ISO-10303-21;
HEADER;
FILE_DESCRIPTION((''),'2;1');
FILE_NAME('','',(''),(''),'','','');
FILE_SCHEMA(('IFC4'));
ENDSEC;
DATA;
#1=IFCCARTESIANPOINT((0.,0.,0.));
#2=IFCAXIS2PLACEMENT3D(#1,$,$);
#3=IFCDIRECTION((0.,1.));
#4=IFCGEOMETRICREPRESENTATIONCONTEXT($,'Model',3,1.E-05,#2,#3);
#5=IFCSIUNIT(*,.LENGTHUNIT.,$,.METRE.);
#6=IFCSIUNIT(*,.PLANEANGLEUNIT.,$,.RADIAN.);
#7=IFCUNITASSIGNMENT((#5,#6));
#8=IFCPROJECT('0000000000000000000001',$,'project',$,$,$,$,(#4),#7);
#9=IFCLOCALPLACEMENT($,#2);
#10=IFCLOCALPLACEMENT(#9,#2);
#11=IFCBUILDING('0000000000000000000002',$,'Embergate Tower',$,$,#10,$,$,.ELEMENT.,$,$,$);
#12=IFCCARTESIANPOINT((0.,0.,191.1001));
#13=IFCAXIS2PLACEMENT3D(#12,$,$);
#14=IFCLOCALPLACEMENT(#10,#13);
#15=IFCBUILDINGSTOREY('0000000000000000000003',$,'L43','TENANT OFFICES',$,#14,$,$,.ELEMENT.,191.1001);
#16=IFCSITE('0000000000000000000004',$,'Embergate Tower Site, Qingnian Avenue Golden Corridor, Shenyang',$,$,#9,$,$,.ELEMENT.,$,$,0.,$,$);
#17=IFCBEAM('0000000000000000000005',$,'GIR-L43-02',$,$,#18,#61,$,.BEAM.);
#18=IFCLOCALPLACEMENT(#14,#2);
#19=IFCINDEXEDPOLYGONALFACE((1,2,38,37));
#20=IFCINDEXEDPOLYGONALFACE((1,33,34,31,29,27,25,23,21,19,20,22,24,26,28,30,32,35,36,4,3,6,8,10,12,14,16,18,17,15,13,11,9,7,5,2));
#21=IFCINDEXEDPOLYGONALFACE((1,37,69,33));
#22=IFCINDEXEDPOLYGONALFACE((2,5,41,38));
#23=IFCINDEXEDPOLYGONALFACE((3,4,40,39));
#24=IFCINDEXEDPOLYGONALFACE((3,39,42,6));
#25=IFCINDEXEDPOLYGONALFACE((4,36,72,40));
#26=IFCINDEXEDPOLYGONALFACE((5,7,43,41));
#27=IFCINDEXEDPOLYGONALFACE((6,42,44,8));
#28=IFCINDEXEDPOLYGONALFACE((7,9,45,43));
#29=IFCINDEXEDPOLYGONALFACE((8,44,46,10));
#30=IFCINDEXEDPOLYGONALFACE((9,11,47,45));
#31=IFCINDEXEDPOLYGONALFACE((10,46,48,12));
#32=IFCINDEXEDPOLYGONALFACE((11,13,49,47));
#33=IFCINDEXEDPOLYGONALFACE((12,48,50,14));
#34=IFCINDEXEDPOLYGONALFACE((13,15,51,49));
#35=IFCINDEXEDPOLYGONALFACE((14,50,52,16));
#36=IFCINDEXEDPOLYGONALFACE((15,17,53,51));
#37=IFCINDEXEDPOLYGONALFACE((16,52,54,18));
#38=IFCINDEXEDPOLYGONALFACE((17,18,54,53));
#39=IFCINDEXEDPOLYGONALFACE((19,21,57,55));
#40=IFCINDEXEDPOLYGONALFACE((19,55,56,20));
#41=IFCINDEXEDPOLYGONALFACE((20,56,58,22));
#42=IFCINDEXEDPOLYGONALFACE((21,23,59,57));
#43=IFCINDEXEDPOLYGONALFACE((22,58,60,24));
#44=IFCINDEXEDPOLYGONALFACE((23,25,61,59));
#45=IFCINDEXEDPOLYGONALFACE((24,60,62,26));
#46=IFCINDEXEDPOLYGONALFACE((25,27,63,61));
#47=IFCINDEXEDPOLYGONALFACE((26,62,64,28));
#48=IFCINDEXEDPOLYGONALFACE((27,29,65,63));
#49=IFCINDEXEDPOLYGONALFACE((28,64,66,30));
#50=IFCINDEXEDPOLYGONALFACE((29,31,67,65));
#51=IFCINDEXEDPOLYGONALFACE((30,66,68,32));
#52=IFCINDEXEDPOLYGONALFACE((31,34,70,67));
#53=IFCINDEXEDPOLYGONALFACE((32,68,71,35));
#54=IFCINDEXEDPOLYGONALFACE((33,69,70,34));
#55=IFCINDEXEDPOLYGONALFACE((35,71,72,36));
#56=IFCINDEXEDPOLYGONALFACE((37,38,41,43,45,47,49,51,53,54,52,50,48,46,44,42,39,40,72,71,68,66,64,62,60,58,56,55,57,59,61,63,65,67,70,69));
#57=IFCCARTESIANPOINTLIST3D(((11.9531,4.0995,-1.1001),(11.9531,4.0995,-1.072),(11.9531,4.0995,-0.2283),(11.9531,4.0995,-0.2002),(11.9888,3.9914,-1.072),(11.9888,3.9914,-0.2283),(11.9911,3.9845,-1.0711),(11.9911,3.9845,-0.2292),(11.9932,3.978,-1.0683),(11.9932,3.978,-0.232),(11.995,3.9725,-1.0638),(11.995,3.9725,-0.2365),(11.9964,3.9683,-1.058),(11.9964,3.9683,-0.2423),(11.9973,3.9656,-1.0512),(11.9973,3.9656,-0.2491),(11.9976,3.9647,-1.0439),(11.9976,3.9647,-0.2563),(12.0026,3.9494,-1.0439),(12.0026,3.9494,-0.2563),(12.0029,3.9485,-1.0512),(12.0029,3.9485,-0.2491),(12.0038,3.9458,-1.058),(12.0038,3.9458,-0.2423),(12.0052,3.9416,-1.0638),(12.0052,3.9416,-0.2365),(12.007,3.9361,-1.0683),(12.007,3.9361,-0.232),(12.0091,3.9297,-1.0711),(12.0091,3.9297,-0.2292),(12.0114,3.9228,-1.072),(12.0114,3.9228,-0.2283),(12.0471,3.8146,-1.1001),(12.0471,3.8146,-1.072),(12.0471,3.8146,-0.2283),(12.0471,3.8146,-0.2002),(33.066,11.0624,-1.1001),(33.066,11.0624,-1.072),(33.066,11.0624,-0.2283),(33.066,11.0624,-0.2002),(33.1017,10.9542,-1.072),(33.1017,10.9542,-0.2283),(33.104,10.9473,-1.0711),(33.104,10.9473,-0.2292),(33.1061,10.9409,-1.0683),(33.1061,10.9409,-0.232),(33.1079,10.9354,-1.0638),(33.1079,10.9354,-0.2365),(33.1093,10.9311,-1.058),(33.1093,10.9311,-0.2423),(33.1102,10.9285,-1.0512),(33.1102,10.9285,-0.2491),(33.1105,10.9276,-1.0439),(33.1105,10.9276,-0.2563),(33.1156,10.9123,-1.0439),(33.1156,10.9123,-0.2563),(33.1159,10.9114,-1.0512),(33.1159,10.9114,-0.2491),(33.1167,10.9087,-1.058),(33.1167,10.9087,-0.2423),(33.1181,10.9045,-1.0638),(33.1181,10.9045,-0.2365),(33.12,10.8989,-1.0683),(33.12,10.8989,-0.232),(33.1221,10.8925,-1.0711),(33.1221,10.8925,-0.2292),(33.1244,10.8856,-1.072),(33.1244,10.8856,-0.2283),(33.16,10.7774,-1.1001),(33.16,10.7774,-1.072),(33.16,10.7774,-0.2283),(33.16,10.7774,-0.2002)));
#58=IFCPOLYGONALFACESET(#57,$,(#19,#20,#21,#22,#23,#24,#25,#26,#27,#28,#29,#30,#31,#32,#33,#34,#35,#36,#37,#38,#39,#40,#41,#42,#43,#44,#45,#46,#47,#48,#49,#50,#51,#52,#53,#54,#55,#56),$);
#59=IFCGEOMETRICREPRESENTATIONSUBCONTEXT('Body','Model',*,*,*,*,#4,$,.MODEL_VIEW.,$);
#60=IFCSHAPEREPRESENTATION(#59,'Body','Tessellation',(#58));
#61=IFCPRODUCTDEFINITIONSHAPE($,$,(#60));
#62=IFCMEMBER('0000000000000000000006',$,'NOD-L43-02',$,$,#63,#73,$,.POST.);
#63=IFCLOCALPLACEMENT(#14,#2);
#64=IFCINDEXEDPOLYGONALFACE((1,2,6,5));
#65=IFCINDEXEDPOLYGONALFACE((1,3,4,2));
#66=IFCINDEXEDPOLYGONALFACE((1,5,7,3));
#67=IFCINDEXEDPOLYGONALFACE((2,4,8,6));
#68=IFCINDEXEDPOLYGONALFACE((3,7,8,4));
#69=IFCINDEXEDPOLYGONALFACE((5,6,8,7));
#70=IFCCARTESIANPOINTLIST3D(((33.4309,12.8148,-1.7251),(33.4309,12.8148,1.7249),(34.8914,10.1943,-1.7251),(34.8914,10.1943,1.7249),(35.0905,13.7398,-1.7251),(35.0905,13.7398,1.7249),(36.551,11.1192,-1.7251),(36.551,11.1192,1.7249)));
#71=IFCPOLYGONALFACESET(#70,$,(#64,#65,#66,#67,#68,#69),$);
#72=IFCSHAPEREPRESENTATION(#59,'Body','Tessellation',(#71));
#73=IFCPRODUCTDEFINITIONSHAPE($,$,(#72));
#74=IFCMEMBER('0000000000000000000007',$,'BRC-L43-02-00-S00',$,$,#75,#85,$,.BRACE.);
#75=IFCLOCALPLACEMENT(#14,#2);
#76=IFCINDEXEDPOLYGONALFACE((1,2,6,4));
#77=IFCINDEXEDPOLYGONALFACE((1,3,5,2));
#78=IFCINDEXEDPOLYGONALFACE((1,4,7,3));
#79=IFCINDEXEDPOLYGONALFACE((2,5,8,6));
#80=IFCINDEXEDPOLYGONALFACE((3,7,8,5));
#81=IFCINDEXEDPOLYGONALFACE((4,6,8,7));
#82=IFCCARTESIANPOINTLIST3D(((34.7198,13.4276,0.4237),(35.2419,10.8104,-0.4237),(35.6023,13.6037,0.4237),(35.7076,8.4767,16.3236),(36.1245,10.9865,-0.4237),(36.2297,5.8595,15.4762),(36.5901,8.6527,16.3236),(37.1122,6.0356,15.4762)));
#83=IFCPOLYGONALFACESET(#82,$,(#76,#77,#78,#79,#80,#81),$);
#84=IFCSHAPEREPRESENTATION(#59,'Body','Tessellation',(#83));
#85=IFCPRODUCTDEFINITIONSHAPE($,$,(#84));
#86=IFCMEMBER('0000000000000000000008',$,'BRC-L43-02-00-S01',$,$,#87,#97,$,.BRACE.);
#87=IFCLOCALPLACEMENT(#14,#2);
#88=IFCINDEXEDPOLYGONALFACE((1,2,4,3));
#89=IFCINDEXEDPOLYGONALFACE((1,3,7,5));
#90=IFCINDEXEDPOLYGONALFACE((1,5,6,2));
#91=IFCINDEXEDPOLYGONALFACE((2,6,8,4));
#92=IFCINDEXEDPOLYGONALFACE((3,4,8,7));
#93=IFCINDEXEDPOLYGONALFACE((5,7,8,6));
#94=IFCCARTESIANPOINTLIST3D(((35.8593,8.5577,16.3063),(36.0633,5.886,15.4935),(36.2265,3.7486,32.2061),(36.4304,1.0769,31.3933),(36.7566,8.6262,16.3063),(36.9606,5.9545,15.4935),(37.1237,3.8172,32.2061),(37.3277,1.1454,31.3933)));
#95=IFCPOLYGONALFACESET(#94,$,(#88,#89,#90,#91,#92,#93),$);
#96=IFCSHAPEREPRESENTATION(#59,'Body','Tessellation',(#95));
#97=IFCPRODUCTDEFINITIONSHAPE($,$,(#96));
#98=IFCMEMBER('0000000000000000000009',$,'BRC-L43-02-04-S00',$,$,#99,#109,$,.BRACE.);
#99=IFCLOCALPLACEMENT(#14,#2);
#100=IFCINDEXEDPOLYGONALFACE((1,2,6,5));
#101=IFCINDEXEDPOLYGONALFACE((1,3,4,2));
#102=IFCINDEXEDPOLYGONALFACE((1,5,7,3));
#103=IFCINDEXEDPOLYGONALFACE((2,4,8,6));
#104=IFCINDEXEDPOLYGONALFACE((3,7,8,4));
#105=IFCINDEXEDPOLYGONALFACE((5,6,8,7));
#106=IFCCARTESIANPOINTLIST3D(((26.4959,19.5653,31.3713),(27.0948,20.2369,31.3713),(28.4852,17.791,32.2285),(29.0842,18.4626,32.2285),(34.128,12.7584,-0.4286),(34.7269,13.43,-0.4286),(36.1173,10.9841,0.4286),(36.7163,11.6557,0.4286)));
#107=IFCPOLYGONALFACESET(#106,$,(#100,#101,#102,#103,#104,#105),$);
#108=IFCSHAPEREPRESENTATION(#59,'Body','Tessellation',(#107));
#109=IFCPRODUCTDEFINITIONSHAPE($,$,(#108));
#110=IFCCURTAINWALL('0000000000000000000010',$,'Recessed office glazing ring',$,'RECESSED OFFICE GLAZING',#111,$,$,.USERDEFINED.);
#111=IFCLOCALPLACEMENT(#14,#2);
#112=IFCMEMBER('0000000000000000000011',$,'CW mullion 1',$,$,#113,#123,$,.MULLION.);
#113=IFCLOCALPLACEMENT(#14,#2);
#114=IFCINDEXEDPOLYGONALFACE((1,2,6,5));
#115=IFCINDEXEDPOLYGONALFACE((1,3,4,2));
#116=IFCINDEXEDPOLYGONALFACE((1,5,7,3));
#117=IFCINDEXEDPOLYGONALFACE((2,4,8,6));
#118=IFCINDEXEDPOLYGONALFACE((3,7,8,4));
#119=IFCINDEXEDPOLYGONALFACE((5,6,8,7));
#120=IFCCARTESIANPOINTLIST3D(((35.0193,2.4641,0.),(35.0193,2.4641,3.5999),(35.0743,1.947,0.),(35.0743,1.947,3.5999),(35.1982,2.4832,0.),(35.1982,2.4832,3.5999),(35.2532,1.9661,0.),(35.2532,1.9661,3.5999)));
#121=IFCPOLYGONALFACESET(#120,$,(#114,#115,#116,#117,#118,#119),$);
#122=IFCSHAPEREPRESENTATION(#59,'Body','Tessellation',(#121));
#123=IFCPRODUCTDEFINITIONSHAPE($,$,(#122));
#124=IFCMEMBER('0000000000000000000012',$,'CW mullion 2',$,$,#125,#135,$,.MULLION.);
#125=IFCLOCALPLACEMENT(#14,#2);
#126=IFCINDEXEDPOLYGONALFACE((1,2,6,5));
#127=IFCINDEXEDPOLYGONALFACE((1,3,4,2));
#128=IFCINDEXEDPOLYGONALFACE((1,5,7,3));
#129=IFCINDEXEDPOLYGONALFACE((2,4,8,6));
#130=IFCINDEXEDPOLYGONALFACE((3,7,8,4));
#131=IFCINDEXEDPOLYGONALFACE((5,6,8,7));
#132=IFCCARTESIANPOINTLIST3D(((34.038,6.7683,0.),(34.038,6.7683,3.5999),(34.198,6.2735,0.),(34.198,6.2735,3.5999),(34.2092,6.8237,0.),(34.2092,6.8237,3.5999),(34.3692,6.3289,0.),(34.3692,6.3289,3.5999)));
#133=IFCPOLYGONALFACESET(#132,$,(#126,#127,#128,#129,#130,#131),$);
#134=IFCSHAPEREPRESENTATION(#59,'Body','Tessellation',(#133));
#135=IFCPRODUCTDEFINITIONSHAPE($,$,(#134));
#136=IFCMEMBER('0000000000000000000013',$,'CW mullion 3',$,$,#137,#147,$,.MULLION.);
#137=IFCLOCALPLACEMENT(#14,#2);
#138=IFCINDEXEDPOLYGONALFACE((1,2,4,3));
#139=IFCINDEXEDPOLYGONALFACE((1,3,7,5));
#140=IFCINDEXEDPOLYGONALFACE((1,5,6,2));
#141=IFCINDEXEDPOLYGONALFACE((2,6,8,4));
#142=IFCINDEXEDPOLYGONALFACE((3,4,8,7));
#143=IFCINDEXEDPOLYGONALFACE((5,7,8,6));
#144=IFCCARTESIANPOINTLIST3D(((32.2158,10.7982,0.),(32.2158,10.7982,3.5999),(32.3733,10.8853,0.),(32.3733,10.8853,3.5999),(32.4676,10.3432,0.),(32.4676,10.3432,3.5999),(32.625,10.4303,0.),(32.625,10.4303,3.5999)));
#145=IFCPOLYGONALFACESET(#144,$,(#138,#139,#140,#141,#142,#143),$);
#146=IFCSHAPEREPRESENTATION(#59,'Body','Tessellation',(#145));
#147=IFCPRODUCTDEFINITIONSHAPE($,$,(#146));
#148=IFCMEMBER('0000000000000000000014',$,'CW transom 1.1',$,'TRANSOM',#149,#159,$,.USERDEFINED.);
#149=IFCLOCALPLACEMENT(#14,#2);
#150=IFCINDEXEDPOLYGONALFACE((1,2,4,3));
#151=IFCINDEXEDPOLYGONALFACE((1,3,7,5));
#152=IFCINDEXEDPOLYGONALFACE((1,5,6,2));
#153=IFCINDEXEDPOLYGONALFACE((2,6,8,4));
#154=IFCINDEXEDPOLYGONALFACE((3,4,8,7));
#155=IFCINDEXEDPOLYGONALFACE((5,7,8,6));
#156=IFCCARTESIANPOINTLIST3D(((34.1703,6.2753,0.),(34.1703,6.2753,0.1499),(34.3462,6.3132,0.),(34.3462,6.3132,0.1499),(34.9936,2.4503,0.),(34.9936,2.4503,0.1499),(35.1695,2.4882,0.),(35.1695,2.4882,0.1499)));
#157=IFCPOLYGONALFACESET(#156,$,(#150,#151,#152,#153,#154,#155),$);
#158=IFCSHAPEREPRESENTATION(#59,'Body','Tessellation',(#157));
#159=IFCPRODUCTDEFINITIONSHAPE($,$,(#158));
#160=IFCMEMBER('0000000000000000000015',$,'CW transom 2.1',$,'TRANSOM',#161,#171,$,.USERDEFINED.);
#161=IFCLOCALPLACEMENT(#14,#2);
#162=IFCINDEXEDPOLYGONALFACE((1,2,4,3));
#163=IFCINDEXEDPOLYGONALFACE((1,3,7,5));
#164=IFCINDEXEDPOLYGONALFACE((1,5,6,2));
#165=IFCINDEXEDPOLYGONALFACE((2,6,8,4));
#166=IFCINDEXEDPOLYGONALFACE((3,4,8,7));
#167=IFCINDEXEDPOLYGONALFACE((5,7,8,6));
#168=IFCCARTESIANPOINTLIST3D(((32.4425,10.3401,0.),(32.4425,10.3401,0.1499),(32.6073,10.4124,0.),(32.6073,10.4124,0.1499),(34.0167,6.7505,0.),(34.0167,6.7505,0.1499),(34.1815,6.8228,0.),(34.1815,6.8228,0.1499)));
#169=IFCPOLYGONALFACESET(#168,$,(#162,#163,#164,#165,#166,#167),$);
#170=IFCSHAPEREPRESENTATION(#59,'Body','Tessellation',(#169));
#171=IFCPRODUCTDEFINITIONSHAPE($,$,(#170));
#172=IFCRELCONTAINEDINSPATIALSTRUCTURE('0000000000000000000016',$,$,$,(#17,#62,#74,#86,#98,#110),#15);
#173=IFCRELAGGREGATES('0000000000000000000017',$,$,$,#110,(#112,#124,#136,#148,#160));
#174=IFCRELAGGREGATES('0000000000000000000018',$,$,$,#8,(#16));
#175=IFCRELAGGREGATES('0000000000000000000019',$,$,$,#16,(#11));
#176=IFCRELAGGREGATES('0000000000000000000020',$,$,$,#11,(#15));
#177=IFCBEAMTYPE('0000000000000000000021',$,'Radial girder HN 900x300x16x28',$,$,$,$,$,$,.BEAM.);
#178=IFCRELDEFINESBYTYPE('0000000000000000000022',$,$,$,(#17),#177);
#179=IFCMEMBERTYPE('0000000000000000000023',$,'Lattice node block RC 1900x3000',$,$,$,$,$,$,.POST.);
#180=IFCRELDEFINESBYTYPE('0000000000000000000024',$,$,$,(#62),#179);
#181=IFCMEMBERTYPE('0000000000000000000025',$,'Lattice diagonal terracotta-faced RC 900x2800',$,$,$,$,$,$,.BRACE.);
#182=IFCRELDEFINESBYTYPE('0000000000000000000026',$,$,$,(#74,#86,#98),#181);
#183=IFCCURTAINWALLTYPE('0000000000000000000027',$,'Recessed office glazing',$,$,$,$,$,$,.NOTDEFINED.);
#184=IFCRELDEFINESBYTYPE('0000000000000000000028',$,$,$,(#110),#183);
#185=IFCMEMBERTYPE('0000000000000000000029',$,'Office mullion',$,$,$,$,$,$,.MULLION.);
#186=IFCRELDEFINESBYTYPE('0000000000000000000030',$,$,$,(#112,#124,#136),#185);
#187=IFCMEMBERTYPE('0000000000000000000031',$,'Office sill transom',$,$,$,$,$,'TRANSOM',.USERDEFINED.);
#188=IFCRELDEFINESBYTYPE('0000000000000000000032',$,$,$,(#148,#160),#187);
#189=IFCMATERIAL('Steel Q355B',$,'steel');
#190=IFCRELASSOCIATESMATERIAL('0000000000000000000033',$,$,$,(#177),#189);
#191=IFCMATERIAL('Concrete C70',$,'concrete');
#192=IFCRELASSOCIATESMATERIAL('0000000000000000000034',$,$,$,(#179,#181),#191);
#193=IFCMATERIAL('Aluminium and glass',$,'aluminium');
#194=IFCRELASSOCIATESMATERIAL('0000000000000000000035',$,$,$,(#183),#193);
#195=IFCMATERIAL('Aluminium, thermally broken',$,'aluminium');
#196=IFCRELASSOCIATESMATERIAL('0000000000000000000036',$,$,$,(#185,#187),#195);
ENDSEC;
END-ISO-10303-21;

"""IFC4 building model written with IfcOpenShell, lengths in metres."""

from ifc_helpers import new_model, si_unit, direction, frame, origin, origin_2d, place, context, subcontext, project, spatial, rectangle, i_section, extrude, source, transform, mapped, material, material_profile, profile_set, type_object, element, aggregate, save


model = new_model("IFC4")

# Units and contexts
model_context = context("Model", 3, precision=1e-05, world=origin(), true_north=direction((0.0, 1.0)))
body_context = subcontext(model_context, "Body", "Model", "MODEL_VIEW")
ifc_project = project(units=[si_unit("LENGTHUNIT", "METRE"), si_unit("PLANEANGLEUNIT", "RADIAN")], contexts=[model_context])

# Site, building, storey
site_placement = place(None, origin())
site = spatial("IfcSite", under=ifc_project, at=site_placement, Name="Embergate Tower Site, Qingnian Avenue Golden Corridor, Shenyang", CompositionType="ELEMENT", RefElevation=0.0)
building_placement = place(site_placement, origin())
building = spatial("IfcBuilding", under=site, at=building_placement, Name="Embergate Tower", CompositionType="ELEMENT")
storey_placement = place(building_placement, frame((0.0, 0.0, 191.1001)))
storey = spatial("IfcBuildingStorey", under=building, at=storey_placement, Name="L43", Description="TENANT OFFICES", CompositionType="ELEMENT", Elevation=191.1001)

# Shared definitions
ifc_material_1 = material(Name="Concrete C70", Category="concrete")

# Beam
ifc_material_2 = material(Name="Steel Q355B", Category="steel")
ifc_material_profile_1 = material_profile(ifc_material_2, i_section(OverallWidth=0.3, OverallDepth=0.8999, WebThickness=0.0161, FlangeThickness=0.0281, FilletRadius=0.0281, at=origin_2d()), Name="HN 900x300x16x28")
ifc_profile_set_1 = profile_set([ifc_material_profile_1], Name="Steel Q355 grade B")
beam_type_1 = type_object("IfcBeamType", Name="Radial girder HN 900x300x16x28", PredefinedType="BEAM", material=ifc_profile_set_1)
shared_shape_1 = source(origin(), body_context, "Body", "SweptSolid", [
    extrude(i_section(OverallWidth=0.3, OverallDepth=0.8999, WebThickness=0.0161, FlangeThickness=0.0281, FilletRadius=0.0281, at=origin_2d()), origin(), (0.0, 0.0, 1.0), 22.2314),
])
beam_1_placement = place(storey_placement, frame((33.113, 10.9199, -0.6501), z_axis=(-0.949688, -0.313198, 0.0), x_axis=(0.313198, -0.949688, 0.0)))
element("IfcBeam", 1, at=beam_1_placement, inside=storey, type_object=beam_type_1, Name="GIR-L43-02", PredefinedType="BEAM", context=body_context, shape_type="MappedRepresentation", body=[
    mapped(shared_shape_1, transform((0.0, 0.0, 0.0))),
])

# Members
ifc_material_profile_2 = material_profile(ifc_material_1, rectangle(XDim=1.8999, YDim=3.0, at=origin_2d()), Name="RC 1900x3000")
ifc_profile_set_2 = profile_set([ifc_material_profile_2], Name="Concrete C70")
member_type_1 = type_object("IfcMemberType", Name="Lattice node block RC 1900x3000", PredefinedType="POST", material=ifc_profile_set_2)
shared_shape_2 = source(origin(), body_context, "Body", "SweptSolid", [
    extrude(rectangle(XDim=1.8999, YDim=3.0, at=origin_2d()), origin(), (0.0, 0.0, 1.0), 3.45),
])
member_1_placement = place(storey_placement, frame((34.991, 11.967, -1.7251), z_axis=(0.0, 0.0, 1.0), x_axis=(0.8735, 0.486823, 0.0)))
element("IfcMember", 2, at=member_1_placement, inside=storey, type_object=member_type_1, Name="NOD-L43-02", PredefinedType="POST", context=body_context, shape_type="MappedRepresentation", body=[
    mapped(shared_shape_2, transform((0.0, 0.0, 0.0))),
])
ifc_material_profile_3 = material_profile(ifc_material_1, rectangle(XDim=0.8999, YDim=2.8, at=origin_2d()), Name="RC 900x2800")
ifc_profile_set_3 = profile_set([ifc_material_profile_3], Name="Concrete C70")
member_type_2 = type_object("IfcMemberType", Name="Lattice diagonal terracotta-faced RC 900x2800", PredefinedType="BRACE", material=ifc_profile_set_3)
shared_shape_3 = source(origin(), body_context, "Body", "SweptSolid", [
    extrude(rectangle(XDim=0.8999, YDim=2.8, at=origin_2d()), origin(), (0.0, 0.0, 1.0), 16.6821),
])
member_2_placement = place(storey_placement, frame((35.4221, 12.207, 0.0), z_axis=(0.059213, -0.29678, 0.953108), x_axis=(0.980672, 0.19566, 0.0)))
element("IfcMember", 3, at=member_2_placement, inside=storey, type_object=member_type_2, Name="BRC-L43-02-00-S00", PredefinedType="BRACE", context=body_context, shape_type="MappedRepresentation", body=[
    mapped(shared_shape_3, transform((0.0, 0.0, 0.0))),
])
shared_shape_4 = source(origin(), body_context, "Body", "SweptSolid", [
    extrude(rectangle(XDim=0.8999, YDim=2.8, at=origin_2d()), origin(), (0.0, 0.0, 1.0), 16.6152),
])
member_3_placement = place(storey_placement, frame((36.4099, 7.2561, 15.8999), z_axis=(0.022099, -0.289437, 0.956942), x_axis=(0.997098, 0.076131, 0.0)))
element("IfcMember", 4, at=member_3_placement, inside=storey, type_object=member_type_2, Name="BRC-L43-02-00-S01", PredefinedType="BRACE", context=body_context, shape_type="MappedRepresentation", body=[
    mapped(shared_shape_4, transform((0.0, 0.0, 0.0))),
])
shared_shape_5 = source(origin(), body_context, "Body", "SweptSolid", [
    extrude(rectangle(XDim=0.8999, YDim=2.8, at=origin_2d()), origin(), (0.0, 0.0, 1.0), 33.4038),
])
member_4_placement = place(storey_placement, frame((35.4221, 12.207, 0.0), z_axis=(-0.22848, 0.203776, 0.951983), x_axis=(-0.665609, -0.746301, 0.0)))
element("IfcMember", 5, at=member_4_placement, inside=storey, type_object=member_type_2, Name="BRC-L43-02-04-S00", PredefinedType="BRACE", context=body_context, shape_type="MappedRepresentation", body=[
    mapped(shared_shape_5, transform((0.0, 0.0, 0.0))),
])

# Curtain wall, members
ifc_material_3 = material(Name="Aluminium and glass", Category="aluminium")
curtain_wall_type = type_object("IfcCurtainWallType", Name="Recessed office glazing", PredefinedType="NOTDEFINED", material=ifc_material_3)
curtain_wall_placement = place(storey_placement, origin())
curtain_wall = element("IfcCurtainWall", 6, at=curtain_wall_placement, inside=storey, type_object=curtain_wall_type, Name="Recessed office glazing ring", ObjectType="RECESSED OFFICE GLAZING", PredefinedType="USERDEFINED")
ifc_material_4 = material(Name="Aluminium, thermally broken", Category="aluminium")
ifc_material_profile_4 = material_profile(ifc_material_4, rectangle(XDim=0.1799, YDim=0.52, at=origin_2d()), Name="AL 520x180")
ifc_profile_set_4 = profile_set([ifc_material_profile_4], Name="Aluminium, thermally broken")
member_type_3 = type_object("IfcMemberType", Name="Office mullion", PredefinedType="MULLION", material=ifc_profile_set_4)
shared_shape_6 = source(origin(), body_context, "Body", "SweptSolid", [
    extrude(rectangle(XDim=0.1799, YDim=0.52, at=origin_2d()), origin(), (0.0, 0.0, 1.0), 3.5999),
])
member_5_placement = place(storey_placement, frame((35.1362, 2.2151, 0.0), z_axis=(0.0, 0.0, 1.0), x_axis=(-0.994385, -0.105825, 0.0)))
member_5 = element("IfcMember", 7, at=member_5_placement, type_object=member_type_3, Name="CW mullion 1", PredefinedType="MULLION", context=body_context, shape_type="MappedRepresentation", body=[
    mapped(shared_shape_6, transform((0.0, 0.0, 0.0))),
])
member_6_placement = place(storey_placement, frame((34.2036, 6.5486, 0.0), z_axis=(0.0, 0.0, 1.0), x_axis=(-0.951496, -0.307661, 0.0)))
member_6 = element("IfcMember", 8, at=member_6_placement, type_object=member_type_3, Name="CW mullion 2", PredefinedType="MULLION", context=body_context, shape_type="MappedRepresentation", body=[
    mapped(shared_shape_6, transform((0.0, 0.0, 0.0))),
])
member_7_placement = place(storey_placement, frame((32.4204, 10.6143, 0.0), z_axis=(0.0, 0.0, 1.0), x_axis=(-0.874999, -0.484124, 0.0)))
member_7 = element("IfcMember", 9, at=member_7_placement, type_object=member_type_3, Name="CW mullion 3", PredefinedType="MULLION", context=body_context, shape_type="MappedRepresentation", body=[
    mapped(shared_shape_6, transform((0.0, 0.0, 0.0))),
])
ifc_material_profile_5 = material_profile(ifc_material_4, rectangle(XDim=0.1799, YDim=0.1499, at=origin_2d()), Name="AL 150x180")
ifc_profile_set_5 = profile_set([ifc_material_profile_5], Name="Aluminium, thermally broken")
member_type_4 = type_object("IfcMemberType", Name="Office sill transom", ElementType="TRANSOM", PredefinedType="USERDEFINED", material=ifc_profile_set_5)
shared_shape_7 = source(origin(), body_context, "Body", "SweptSolid", [
    extrude(rectangle(XDim=0.1799, YDim=0.1499, at=origin_2d()), origin(), (0.0, 0.0, 1.0), 3.9126),
])
member_8_placement = place(storey_placement, frame((35.0815, 2.4692, 0.075), z_axis=(-0.210411, 0.977613, 0.0), x_axis=(-0.977613, -0.210411, 0.0)))
member_8 = element("IfcMember", 10, at=member_8_placement, type_object=member_type_4, Name="CW transom 1.1", ObjectType="TRANSOM", PredefinedType="USERDEFINED", context=body_context, shape_type="MappedRepresentation", body=[
    mapped(shared_shape_7, transform((0.0, 0.0, 0.0))),
])
shared_shape_8 = source(origin(), body_context, "Body", "SweptSolid", [
    extrude(rectangle(XDim=0.1799, YDim=0.1499, at=origin_2d()), origin(), (0.0, 0.0, 1.0), 3.9197),
])
member_9_placement = place(storey_placement, frame((34.0991, 6.7866, 0.075), z_axis=(-0.401626, 0.915804, 0.0), x_axis=(-0.915804, -0.401626, 0.0)))
member_9 = element("IfcMember", 11, at=member_9_placement, type_object=member_type_4, Name="CW transom 2.1", ObjectType="TRANSOM", PredefinedType="USERDEFINED", context=body_context, shape_type="MappedRepresentation", body=[
    mapped(shared_shape_8, transform((0.0, 0.0, 0.0))),
])
aggregate(curtain_wall, [member_5, member_6, member_7, member_8, member_9])

save(model, "model.ifc")
